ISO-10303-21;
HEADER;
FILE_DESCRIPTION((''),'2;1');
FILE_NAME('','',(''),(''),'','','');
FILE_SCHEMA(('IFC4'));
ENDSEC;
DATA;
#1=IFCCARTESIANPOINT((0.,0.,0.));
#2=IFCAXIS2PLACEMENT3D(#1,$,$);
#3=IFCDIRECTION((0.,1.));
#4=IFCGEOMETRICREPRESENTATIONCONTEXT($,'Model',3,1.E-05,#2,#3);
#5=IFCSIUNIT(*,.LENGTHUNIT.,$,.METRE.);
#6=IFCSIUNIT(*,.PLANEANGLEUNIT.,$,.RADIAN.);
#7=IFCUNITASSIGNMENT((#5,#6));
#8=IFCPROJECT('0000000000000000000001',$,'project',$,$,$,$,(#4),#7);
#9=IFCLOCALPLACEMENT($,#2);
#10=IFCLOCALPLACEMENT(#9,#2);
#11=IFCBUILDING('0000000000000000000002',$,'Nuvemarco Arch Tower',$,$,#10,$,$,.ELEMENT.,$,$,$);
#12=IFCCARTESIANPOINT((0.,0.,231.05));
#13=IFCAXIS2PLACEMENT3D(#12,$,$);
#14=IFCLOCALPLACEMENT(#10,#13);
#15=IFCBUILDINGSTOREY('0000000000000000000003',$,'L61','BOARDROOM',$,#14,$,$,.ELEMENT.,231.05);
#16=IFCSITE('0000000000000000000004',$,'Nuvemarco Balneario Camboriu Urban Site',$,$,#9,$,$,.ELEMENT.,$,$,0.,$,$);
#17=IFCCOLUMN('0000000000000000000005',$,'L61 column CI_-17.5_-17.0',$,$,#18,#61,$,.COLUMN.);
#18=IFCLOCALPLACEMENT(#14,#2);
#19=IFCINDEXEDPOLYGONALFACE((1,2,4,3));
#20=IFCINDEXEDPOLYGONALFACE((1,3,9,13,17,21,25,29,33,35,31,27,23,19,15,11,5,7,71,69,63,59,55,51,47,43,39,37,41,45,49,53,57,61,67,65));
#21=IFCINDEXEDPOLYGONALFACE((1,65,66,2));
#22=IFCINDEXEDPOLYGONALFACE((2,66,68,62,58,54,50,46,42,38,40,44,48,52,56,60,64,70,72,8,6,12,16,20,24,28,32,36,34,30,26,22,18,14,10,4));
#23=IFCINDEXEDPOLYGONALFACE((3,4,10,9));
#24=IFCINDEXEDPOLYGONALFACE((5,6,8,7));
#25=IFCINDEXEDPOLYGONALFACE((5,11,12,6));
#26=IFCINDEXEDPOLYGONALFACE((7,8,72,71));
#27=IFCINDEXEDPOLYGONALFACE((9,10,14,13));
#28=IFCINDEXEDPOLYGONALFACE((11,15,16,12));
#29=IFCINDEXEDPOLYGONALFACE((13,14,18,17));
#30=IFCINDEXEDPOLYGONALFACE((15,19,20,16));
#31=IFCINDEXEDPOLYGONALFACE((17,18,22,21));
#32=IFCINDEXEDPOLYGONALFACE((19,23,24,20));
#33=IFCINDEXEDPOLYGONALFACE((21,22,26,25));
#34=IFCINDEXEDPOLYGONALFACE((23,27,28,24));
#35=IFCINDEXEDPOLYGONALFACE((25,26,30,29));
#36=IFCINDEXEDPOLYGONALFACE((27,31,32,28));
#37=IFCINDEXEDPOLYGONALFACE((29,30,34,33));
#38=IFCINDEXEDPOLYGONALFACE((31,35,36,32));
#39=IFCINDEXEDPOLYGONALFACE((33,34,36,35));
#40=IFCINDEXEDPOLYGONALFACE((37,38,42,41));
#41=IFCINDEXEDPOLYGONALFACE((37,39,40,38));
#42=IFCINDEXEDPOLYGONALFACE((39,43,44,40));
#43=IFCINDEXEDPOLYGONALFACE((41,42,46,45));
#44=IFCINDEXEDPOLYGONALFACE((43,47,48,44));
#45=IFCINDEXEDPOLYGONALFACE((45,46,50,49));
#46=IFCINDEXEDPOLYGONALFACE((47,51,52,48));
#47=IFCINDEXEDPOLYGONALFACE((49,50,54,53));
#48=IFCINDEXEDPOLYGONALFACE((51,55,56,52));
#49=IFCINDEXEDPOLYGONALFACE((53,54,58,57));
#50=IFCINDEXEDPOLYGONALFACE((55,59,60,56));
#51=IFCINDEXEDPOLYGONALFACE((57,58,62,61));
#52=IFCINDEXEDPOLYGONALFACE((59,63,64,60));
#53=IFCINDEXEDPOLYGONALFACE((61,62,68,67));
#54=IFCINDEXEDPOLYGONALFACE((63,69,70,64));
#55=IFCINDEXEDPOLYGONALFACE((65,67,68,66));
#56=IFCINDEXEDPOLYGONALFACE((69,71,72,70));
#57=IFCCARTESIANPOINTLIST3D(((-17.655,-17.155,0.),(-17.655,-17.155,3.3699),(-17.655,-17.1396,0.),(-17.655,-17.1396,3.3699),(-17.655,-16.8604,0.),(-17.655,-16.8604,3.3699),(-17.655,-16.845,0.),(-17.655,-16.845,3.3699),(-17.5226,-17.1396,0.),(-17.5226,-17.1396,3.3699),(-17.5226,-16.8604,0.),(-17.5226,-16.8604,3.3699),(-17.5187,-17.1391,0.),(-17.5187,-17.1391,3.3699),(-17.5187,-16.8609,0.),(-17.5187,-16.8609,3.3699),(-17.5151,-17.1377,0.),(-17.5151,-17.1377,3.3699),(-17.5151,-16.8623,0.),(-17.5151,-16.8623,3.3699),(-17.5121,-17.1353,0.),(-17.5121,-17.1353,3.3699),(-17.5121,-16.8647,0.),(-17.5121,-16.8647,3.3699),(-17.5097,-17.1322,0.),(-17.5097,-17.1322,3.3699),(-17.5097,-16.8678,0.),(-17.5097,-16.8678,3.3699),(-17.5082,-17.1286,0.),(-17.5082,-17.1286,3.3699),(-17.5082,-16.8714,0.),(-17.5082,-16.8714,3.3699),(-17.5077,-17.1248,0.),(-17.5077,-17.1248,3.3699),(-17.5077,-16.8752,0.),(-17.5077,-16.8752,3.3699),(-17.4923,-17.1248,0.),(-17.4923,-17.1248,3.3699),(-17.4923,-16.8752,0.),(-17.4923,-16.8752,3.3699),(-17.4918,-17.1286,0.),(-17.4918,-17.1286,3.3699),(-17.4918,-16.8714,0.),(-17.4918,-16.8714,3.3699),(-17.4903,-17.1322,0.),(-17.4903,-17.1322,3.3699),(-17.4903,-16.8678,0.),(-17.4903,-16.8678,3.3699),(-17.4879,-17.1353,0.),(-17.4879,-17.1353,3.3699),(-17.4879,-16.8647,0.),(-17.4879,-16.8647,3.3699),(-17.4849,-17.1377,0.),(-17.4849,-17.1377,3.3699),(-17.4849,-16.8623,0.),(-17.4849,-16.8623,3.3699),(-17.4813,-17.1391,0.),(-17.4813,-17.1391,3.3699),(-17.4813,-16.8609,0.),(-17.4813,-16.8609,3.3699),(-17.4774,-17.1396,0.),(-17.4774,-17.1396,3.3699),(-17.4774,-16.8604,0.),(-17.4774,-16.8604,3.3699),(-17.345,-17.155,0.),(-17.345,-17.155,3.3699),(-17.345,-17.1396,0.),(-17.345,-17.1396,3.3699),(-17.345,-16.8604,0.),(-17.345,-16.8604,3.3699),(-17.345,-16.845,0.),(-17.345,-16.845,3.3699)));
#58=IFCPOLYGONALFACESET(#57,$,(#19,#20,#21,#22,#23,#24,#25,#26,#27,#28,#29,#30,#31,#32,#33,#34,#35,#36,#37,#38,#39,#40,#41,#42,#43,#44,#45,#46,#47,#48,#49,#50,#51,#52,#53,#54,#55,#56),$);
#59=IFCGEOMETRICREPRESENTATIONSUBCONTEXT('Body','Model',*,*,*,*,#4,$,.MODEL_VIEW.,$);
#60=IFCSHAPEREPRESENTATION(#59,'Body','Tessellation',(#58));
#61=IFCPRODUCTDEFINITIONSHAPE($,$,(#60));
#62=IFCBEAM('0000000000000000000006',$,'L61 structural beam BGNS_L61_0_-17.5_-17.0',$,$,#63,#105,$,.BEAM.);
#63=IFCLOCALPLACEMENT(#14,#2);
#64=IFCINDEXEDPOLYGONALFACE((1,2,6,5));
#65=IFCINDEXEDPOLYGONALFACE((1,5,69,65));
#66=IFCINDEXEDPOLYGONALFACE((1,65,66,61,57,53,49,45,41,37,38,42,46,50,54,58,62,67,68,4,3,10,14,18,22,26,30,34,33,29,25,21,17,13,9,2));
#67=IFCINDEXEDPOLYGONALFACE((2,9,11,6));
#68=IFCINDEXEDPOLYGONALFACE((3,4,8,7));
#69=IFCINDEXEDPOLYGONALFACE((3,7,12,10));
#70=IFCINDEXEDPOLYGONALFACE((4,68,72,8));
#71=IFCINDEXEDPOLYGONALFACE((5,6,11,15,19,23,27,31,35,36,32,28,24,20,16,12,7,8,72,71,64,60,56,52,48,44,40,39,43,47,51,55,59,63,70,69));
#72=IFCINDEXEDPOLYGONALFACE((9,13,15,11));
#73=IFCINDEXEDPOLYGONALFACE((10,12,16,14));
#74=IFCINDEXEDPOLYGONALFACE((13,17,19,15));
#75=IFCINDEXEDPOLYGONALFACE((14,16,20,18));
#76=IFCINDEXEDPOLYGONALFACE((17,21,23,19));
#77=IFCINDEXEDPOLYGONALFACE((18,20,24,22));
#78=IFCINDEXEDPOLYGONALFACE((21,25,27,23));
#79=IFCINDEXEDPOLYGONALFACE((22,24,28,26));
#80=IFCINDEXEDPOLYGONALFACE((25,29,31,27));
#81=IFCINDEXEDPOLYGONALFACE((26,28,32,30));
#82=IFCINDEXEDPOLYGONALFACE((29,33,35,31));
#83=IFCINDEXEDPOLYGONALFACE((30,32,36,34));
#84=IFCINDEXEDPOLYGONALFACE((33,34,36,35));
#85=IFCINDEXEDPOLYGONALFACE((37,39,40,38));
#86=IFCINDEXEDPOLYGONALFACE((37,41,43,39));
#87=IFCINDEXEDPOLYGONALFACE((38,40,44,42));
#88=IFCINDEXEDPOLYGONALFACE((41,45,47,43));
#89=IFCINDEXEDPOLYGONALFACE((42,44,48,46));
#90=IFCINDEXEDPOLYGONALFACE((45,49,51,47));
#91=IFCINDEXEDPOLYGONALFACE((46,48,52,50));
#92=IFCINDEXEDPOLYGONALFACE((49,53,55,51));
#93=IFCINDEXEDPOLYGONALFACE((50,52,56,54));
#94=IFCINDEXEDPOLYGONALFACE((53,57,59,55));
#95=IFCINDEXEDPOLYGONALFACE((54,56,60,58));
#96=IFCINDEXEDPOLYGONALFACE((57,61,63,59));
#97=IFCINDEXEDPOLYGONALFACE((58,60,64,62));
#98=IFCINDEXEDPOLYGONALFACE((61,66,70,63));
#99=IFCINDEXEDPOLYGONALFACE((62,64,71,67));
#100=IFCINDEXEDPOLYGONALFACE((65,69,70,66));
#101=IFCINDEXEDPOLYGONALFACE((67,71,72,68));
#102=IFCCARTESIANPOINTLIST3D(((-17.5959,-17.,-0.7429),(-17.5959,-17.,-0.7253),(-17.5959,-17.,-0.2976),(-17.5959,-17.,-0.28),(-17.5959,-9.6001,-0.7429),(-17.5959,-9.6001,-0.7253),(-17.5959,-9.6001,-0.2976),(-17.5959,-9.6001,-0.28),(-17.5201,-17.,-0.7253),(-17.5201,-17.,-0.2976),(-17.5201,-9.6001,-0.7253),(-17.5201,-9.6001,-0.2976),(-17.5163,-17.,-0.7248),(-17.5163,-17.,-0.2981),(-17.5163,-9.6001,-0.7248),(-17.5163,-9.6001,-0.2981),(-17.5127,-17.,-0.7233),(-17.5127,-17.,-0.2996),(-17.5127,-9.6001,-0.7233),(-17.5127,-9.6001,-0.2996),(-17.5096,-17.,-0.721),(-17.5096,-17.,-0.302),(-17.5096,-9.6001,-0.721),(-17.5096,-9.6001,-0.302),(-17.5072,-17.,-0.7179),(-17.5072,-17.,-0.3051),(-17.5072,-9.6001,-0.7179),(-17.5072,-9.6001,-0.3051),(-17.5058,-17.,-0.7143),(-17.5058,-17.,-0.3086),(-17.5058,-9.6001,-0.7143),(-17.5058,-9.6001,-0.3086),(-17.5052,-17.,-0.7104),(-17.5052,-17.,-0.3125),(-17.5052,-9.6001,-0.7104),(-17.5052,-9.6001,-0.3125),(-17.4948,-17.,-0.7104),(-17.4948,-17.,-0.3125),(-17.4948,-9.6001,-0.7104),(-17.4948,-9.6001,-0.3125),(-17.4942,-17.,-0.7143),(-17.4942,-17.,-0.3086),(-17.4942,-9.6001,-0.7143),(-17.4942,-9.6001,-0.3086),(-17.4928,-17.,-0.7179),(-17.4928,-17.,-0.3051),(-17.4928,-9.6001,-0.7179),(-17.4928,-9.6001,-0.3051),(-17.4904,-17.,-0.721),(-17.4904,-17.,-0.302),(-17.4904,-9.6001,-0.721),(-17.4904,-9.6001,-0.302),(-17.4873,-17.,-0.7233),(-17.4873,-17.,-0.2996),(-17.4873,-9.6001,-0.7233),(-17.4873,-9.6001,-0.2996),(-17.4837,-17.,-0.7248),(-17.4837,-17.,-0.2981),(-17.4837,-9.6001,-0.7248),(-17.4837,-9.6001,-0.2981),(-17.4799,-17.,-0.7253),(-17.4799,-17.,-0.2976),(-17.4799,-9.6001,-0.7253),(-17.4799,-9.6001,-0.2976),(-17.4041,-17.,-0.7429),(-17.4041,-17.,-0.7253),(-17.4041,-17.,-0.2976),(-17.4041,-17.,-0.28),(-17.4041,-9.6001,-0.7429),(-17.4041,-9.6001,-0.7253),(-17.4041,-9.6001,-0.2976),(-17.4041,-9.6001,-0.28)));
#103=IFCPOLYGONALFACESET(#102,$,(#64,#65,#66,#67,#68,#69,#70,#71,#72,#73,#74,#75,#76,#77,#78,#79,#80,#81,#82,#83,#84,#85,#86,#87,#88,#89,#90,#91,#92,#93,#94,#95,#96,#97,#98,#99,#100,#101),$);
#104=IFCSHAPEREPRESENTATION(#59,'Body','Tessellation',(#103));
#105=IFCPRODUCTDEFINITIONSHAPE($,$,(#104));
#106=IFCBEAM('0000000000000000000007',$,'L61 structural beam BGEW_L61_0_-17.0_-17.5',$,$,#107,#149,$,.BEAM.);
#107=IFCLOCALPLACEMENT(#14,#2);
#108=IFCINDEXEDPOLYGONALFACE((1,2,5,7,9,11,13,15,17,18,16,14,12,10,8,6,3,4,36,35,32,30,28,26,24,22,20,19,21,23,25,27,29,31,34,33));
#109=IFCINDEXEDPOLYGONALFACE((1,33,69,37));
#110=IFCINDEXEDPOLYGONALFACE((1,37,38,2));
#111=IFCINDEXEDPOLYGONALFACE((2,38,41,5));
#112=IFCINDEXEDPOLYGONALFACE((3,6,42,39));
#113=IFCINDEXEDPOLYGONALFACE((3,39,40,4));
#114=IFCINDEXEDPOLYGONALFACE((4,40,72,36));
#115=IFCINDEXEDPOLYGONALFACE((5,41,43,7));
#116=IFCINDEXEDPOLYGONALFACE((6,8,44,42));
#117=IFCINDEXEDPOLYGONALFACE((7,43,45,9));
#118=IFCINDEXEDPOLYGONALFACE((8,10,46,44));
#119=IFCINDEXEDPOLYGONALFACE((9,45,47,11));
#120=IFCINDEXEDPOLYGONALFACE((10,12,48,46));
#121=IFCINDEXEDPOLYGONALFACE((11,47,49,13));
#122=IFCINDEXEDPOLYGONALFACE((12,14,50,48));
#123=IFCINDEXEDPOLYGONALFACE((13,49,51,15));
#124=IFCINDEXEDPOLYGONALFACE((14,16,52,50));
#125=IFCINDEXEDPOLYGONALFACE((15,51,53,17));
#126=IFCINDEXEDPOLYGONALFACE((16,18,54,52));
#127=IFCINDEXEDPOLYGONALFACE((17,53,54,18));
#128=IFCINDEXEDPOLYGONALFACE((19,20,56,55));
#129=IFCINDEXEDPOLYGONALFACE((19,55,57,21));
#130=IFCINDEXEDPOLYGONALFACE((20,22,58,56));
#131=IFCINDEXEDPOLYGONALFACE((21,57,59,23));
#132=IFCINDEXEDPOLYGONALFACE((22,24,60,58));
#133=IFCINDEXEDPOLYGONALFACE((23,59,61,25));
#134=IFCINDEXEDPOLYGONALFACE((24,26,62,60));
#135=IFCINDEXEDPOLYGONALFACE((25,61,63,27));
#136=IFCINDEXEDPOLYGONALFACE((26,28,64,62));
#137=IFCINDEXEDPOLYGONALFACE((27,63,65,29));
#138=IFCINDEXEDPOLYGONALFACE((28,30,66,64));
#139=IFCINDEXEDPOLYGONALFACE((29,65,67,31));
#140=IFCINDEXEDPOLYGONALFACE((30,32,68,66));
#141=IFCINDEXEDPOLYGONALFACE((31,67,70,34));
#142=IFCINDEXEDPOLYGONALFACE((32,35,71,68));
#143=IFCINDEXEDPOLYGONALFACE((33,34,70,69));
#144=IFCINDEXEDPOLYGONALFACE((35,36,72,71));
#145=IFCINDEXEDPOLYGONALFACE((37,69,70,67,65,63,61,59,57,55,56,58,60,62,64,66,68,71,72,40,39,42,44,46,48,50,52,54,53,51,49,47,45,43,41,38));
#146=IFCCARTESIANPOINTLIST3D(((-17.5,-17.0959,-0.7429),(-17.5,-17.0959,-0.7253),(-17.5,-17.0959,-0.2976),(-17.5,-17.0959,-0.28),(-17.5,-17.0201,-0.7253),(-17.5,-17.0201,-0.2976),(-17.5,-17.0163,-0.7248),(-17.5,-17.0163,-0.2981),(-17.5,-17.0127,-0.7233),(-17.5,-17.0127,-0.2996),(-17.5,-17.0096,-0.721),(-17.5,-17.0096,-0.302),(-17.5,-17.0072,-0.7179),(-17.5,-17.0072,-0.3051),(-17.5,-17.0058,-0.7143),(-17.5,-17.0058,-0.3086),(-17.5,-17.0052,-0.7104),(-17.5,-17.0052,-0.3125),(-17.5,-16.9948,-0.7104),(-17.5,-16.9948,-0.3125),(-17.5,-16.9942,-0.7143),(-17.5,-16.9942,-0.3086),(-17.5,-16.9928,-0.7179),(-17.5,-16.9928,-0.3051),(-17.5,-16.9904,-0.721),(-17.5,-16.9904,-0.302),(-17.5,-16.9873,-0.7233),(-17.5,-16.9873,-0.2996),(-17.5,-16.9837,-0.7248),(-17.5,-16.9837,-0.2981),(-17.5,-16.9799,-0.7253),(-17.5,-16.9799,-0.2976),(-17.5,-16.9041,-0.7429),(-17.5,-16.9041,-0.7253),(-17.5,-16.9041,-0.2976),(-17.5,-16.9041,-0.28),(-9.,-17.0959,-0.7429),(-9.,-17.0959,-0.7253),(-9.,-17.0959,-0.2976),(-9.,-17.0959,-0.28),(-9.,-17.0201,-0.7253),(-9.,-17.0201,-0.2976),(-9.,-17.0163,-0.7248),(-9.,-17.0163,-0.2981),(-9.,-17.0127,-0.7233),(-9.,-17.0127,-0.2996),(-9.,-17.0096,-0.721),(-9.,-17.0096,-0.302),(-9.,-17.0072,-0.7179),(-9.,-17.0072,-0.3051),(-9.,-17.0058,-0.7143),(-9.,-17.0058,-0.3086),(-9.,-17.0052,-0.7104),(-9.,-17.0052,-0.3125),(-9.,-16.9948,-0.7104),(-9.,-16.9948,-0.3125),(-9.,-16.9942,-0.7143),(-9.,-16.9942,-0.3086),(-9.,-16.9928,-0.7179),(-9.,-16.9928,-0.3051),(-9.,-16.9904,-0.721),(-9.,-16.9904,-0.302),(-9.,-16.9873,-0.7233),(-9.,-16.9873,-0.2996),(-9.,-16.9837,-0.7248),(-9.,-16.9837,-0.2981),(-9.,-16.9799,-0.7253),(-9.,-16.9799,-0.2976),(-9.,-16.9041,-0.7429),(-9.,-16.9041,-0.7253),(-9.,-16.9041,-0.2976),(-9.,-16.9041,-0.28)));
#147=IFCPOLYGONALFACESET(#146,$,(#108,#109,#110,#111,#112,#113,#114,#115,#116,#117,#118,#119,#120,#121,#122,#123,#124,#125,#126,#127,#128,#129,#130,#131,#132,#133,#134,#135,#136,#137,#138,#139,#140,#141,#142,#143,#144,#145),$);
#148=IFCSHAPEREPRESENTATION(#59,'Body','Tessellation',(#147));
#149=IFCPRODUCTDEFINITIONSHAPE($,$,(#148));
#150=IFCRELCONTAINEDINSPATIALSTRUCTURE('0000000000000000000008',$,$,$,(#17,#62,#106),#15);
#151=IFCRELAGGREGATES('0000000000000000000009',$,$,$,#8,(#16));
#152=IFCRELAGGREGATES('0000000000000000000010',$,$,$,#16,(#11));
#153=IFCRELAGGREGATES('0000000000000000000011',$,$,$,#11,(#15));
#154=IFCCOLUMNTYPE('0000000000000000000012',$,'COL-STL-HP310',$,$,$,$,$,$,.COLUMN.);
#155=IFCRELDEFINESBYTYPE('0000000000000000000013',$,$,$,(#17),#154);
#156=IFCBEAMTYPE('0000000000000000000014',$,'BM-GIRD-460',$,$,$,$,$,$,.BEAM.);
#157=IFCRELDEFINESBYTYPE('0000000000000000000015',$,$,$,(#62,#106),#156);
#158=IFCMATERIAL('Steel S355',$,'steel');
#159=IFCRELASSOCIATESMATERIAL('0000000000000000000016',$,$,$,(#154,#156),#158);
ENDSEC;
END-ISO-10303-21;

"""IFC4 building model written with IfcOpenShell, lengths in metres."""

from ifc_helpers import new_model, si_unit, direction, frame, origin, origin_2d, place, context, subcontext, project, spatial, i_section, extrude, material, material_profile, profile_set, type_object, element, save


model = new_model("IFC4")

# Units and contexts
model_context = context("Model", 3, precision=1e-05, world=origin(), true_north=direction((0.0, 1.0)))
body_context = subcontext(model_context, "Body", "Model", "MODEL_VIEW")
ifc_project = project(units=[si_unit("LENGTHUNIT", "METRE"), si_unit("PLANEANGLEUNIT", "RADIAN")], contexts=[model_context])

# Site, building, storey
site_placement = place(None, origin())
site = spatial("IfcSite", under=ifc_project, at=site_placement, Name="Nuvemarco Balneario Camboriu Urban Site", CompositionType="ELEMENT", RefElevation=0.0)
building_placement = place(site_placement, origin())
building = spatial("IfcBuilding", under=site, at=building_placement, Name="Nuvemarco Arch Tower", CompositionType="ELEMENT")
storey_placement = place(building_placement, frame((0.0, 0.0, 231.05)))
storey = spatial("IfcBuildingStorey", under=building, at=storey_placement, Name="L61", Description="BOARDROOM", CompositionType="ELEMENT", Elevation=231.05)

# Column
ifc_material_1 = material(Name="Steel S355", Category="steel")
ifc_material_profile_1 = material_profile(ifc_material_1, i_section(OverallWidth=0.3101, OverallDepth=0.3101, WebThickness=0.0154, FlangeThickness=0.0154, FilletRadius=0.0149, at=origin_2d()), Name="HP310x110")
ifc_profile_set_1 = profile_set([ifc_material_profile_1], Name="Steel S355")
column_type = type_object("IfcColumnType", Name="COL-STL-HP310", PredefinedType="COLUMN", material=ifc_profile_set_1)
column_placement = place(storey_placement, frame((-17.5, -17.0, 0.0), z_axis=(0.0, 0.0, 1.0), x_axis=(1.0, 0.0, 0.0)))
element("IfcColumn", 1, at=column_placement, inside=storey, type_object=column_type, Name="L61 column CI_-17.5_-17.0", PredefinedType="COLUMN", context=body_context, shape_type="SweptSolid", body=[
    extrude(i_section(OverallWidth=0.3101, OverallDepth=0.3101, WebThickness=0.0154, FlangeThickness=0.0154, FilletRadius=0.0149, at=origin_2d()), origin(), (0.0, 0.0, 1.0), 3.3699),
])

# Beams
ifc_material_profile_2 = material_profile(ifc_material_1, i_section(OverallWidth=0.1919, OverallDepth=0.4629, WebThickness=0.0105, FlangeThickness=0.0176, FilletRadius=0.0149, at=origin_2d()), Name="W460x89")
ifc_profile_set_2 = profile_set([ifc_material_profile_2], Name="Steel S355")
beam_type = type_object("IfcBeamType", Name="BM-GIRD-460", PredefinedType="BEAM", material=ifc_profile_set_2)
beam_1_placement = place(storey_placement, frame((-17.5, -17.0, -0.5115), z_axis=(0.0, 1.0, 0.0), x_axis=(-1.0, 0.0, 0.0)))
element("IfcBeam", 2, at=beam_1_placement, inside=storey, type_object=beam_type, Name="L61 structural beam BGNS_L61_0_-17.5_-17.0", PredefinedType="BEAM", context=body_context, shape_type="SweptSolid", body=[
    extrude(i_section(OverallWidth=0.1919, OverallDepth=0.4629, WebThickness=0.0105, FlangeThickness=0.0176, FilletRadius=0.0149, at=origin_2d()), origin(), (0.0, 0.0, 1.0), 7.3999),
])
beam_2_placement = place(storey_placement, frame((-17.5, -17.0, -0.5115), z_axis=(1.0, 0.0, 0.0), x_axis=(0.0, 1.0, 0.0)))
element("IfcBeam", 3, at=beam_2_placement, inside=storey, type_object=beam_type, Name="L61 structural beam BGEW_L61_0_-17.0_-17.5", PredefinedType="BEAM", context=body_context, shape_type="SweptSolid", body=[
    extrude(i_section(OverallWidth=0.1919, OverallDepth=0.4629, WebThickness=0.0105, FlangeThickness=0.0176, FilletRadius=0.0149, at=origin_2d()), origin(), (0.0, 0.0, 1.0), 8.5),
])

save(model, "model.ifc")
